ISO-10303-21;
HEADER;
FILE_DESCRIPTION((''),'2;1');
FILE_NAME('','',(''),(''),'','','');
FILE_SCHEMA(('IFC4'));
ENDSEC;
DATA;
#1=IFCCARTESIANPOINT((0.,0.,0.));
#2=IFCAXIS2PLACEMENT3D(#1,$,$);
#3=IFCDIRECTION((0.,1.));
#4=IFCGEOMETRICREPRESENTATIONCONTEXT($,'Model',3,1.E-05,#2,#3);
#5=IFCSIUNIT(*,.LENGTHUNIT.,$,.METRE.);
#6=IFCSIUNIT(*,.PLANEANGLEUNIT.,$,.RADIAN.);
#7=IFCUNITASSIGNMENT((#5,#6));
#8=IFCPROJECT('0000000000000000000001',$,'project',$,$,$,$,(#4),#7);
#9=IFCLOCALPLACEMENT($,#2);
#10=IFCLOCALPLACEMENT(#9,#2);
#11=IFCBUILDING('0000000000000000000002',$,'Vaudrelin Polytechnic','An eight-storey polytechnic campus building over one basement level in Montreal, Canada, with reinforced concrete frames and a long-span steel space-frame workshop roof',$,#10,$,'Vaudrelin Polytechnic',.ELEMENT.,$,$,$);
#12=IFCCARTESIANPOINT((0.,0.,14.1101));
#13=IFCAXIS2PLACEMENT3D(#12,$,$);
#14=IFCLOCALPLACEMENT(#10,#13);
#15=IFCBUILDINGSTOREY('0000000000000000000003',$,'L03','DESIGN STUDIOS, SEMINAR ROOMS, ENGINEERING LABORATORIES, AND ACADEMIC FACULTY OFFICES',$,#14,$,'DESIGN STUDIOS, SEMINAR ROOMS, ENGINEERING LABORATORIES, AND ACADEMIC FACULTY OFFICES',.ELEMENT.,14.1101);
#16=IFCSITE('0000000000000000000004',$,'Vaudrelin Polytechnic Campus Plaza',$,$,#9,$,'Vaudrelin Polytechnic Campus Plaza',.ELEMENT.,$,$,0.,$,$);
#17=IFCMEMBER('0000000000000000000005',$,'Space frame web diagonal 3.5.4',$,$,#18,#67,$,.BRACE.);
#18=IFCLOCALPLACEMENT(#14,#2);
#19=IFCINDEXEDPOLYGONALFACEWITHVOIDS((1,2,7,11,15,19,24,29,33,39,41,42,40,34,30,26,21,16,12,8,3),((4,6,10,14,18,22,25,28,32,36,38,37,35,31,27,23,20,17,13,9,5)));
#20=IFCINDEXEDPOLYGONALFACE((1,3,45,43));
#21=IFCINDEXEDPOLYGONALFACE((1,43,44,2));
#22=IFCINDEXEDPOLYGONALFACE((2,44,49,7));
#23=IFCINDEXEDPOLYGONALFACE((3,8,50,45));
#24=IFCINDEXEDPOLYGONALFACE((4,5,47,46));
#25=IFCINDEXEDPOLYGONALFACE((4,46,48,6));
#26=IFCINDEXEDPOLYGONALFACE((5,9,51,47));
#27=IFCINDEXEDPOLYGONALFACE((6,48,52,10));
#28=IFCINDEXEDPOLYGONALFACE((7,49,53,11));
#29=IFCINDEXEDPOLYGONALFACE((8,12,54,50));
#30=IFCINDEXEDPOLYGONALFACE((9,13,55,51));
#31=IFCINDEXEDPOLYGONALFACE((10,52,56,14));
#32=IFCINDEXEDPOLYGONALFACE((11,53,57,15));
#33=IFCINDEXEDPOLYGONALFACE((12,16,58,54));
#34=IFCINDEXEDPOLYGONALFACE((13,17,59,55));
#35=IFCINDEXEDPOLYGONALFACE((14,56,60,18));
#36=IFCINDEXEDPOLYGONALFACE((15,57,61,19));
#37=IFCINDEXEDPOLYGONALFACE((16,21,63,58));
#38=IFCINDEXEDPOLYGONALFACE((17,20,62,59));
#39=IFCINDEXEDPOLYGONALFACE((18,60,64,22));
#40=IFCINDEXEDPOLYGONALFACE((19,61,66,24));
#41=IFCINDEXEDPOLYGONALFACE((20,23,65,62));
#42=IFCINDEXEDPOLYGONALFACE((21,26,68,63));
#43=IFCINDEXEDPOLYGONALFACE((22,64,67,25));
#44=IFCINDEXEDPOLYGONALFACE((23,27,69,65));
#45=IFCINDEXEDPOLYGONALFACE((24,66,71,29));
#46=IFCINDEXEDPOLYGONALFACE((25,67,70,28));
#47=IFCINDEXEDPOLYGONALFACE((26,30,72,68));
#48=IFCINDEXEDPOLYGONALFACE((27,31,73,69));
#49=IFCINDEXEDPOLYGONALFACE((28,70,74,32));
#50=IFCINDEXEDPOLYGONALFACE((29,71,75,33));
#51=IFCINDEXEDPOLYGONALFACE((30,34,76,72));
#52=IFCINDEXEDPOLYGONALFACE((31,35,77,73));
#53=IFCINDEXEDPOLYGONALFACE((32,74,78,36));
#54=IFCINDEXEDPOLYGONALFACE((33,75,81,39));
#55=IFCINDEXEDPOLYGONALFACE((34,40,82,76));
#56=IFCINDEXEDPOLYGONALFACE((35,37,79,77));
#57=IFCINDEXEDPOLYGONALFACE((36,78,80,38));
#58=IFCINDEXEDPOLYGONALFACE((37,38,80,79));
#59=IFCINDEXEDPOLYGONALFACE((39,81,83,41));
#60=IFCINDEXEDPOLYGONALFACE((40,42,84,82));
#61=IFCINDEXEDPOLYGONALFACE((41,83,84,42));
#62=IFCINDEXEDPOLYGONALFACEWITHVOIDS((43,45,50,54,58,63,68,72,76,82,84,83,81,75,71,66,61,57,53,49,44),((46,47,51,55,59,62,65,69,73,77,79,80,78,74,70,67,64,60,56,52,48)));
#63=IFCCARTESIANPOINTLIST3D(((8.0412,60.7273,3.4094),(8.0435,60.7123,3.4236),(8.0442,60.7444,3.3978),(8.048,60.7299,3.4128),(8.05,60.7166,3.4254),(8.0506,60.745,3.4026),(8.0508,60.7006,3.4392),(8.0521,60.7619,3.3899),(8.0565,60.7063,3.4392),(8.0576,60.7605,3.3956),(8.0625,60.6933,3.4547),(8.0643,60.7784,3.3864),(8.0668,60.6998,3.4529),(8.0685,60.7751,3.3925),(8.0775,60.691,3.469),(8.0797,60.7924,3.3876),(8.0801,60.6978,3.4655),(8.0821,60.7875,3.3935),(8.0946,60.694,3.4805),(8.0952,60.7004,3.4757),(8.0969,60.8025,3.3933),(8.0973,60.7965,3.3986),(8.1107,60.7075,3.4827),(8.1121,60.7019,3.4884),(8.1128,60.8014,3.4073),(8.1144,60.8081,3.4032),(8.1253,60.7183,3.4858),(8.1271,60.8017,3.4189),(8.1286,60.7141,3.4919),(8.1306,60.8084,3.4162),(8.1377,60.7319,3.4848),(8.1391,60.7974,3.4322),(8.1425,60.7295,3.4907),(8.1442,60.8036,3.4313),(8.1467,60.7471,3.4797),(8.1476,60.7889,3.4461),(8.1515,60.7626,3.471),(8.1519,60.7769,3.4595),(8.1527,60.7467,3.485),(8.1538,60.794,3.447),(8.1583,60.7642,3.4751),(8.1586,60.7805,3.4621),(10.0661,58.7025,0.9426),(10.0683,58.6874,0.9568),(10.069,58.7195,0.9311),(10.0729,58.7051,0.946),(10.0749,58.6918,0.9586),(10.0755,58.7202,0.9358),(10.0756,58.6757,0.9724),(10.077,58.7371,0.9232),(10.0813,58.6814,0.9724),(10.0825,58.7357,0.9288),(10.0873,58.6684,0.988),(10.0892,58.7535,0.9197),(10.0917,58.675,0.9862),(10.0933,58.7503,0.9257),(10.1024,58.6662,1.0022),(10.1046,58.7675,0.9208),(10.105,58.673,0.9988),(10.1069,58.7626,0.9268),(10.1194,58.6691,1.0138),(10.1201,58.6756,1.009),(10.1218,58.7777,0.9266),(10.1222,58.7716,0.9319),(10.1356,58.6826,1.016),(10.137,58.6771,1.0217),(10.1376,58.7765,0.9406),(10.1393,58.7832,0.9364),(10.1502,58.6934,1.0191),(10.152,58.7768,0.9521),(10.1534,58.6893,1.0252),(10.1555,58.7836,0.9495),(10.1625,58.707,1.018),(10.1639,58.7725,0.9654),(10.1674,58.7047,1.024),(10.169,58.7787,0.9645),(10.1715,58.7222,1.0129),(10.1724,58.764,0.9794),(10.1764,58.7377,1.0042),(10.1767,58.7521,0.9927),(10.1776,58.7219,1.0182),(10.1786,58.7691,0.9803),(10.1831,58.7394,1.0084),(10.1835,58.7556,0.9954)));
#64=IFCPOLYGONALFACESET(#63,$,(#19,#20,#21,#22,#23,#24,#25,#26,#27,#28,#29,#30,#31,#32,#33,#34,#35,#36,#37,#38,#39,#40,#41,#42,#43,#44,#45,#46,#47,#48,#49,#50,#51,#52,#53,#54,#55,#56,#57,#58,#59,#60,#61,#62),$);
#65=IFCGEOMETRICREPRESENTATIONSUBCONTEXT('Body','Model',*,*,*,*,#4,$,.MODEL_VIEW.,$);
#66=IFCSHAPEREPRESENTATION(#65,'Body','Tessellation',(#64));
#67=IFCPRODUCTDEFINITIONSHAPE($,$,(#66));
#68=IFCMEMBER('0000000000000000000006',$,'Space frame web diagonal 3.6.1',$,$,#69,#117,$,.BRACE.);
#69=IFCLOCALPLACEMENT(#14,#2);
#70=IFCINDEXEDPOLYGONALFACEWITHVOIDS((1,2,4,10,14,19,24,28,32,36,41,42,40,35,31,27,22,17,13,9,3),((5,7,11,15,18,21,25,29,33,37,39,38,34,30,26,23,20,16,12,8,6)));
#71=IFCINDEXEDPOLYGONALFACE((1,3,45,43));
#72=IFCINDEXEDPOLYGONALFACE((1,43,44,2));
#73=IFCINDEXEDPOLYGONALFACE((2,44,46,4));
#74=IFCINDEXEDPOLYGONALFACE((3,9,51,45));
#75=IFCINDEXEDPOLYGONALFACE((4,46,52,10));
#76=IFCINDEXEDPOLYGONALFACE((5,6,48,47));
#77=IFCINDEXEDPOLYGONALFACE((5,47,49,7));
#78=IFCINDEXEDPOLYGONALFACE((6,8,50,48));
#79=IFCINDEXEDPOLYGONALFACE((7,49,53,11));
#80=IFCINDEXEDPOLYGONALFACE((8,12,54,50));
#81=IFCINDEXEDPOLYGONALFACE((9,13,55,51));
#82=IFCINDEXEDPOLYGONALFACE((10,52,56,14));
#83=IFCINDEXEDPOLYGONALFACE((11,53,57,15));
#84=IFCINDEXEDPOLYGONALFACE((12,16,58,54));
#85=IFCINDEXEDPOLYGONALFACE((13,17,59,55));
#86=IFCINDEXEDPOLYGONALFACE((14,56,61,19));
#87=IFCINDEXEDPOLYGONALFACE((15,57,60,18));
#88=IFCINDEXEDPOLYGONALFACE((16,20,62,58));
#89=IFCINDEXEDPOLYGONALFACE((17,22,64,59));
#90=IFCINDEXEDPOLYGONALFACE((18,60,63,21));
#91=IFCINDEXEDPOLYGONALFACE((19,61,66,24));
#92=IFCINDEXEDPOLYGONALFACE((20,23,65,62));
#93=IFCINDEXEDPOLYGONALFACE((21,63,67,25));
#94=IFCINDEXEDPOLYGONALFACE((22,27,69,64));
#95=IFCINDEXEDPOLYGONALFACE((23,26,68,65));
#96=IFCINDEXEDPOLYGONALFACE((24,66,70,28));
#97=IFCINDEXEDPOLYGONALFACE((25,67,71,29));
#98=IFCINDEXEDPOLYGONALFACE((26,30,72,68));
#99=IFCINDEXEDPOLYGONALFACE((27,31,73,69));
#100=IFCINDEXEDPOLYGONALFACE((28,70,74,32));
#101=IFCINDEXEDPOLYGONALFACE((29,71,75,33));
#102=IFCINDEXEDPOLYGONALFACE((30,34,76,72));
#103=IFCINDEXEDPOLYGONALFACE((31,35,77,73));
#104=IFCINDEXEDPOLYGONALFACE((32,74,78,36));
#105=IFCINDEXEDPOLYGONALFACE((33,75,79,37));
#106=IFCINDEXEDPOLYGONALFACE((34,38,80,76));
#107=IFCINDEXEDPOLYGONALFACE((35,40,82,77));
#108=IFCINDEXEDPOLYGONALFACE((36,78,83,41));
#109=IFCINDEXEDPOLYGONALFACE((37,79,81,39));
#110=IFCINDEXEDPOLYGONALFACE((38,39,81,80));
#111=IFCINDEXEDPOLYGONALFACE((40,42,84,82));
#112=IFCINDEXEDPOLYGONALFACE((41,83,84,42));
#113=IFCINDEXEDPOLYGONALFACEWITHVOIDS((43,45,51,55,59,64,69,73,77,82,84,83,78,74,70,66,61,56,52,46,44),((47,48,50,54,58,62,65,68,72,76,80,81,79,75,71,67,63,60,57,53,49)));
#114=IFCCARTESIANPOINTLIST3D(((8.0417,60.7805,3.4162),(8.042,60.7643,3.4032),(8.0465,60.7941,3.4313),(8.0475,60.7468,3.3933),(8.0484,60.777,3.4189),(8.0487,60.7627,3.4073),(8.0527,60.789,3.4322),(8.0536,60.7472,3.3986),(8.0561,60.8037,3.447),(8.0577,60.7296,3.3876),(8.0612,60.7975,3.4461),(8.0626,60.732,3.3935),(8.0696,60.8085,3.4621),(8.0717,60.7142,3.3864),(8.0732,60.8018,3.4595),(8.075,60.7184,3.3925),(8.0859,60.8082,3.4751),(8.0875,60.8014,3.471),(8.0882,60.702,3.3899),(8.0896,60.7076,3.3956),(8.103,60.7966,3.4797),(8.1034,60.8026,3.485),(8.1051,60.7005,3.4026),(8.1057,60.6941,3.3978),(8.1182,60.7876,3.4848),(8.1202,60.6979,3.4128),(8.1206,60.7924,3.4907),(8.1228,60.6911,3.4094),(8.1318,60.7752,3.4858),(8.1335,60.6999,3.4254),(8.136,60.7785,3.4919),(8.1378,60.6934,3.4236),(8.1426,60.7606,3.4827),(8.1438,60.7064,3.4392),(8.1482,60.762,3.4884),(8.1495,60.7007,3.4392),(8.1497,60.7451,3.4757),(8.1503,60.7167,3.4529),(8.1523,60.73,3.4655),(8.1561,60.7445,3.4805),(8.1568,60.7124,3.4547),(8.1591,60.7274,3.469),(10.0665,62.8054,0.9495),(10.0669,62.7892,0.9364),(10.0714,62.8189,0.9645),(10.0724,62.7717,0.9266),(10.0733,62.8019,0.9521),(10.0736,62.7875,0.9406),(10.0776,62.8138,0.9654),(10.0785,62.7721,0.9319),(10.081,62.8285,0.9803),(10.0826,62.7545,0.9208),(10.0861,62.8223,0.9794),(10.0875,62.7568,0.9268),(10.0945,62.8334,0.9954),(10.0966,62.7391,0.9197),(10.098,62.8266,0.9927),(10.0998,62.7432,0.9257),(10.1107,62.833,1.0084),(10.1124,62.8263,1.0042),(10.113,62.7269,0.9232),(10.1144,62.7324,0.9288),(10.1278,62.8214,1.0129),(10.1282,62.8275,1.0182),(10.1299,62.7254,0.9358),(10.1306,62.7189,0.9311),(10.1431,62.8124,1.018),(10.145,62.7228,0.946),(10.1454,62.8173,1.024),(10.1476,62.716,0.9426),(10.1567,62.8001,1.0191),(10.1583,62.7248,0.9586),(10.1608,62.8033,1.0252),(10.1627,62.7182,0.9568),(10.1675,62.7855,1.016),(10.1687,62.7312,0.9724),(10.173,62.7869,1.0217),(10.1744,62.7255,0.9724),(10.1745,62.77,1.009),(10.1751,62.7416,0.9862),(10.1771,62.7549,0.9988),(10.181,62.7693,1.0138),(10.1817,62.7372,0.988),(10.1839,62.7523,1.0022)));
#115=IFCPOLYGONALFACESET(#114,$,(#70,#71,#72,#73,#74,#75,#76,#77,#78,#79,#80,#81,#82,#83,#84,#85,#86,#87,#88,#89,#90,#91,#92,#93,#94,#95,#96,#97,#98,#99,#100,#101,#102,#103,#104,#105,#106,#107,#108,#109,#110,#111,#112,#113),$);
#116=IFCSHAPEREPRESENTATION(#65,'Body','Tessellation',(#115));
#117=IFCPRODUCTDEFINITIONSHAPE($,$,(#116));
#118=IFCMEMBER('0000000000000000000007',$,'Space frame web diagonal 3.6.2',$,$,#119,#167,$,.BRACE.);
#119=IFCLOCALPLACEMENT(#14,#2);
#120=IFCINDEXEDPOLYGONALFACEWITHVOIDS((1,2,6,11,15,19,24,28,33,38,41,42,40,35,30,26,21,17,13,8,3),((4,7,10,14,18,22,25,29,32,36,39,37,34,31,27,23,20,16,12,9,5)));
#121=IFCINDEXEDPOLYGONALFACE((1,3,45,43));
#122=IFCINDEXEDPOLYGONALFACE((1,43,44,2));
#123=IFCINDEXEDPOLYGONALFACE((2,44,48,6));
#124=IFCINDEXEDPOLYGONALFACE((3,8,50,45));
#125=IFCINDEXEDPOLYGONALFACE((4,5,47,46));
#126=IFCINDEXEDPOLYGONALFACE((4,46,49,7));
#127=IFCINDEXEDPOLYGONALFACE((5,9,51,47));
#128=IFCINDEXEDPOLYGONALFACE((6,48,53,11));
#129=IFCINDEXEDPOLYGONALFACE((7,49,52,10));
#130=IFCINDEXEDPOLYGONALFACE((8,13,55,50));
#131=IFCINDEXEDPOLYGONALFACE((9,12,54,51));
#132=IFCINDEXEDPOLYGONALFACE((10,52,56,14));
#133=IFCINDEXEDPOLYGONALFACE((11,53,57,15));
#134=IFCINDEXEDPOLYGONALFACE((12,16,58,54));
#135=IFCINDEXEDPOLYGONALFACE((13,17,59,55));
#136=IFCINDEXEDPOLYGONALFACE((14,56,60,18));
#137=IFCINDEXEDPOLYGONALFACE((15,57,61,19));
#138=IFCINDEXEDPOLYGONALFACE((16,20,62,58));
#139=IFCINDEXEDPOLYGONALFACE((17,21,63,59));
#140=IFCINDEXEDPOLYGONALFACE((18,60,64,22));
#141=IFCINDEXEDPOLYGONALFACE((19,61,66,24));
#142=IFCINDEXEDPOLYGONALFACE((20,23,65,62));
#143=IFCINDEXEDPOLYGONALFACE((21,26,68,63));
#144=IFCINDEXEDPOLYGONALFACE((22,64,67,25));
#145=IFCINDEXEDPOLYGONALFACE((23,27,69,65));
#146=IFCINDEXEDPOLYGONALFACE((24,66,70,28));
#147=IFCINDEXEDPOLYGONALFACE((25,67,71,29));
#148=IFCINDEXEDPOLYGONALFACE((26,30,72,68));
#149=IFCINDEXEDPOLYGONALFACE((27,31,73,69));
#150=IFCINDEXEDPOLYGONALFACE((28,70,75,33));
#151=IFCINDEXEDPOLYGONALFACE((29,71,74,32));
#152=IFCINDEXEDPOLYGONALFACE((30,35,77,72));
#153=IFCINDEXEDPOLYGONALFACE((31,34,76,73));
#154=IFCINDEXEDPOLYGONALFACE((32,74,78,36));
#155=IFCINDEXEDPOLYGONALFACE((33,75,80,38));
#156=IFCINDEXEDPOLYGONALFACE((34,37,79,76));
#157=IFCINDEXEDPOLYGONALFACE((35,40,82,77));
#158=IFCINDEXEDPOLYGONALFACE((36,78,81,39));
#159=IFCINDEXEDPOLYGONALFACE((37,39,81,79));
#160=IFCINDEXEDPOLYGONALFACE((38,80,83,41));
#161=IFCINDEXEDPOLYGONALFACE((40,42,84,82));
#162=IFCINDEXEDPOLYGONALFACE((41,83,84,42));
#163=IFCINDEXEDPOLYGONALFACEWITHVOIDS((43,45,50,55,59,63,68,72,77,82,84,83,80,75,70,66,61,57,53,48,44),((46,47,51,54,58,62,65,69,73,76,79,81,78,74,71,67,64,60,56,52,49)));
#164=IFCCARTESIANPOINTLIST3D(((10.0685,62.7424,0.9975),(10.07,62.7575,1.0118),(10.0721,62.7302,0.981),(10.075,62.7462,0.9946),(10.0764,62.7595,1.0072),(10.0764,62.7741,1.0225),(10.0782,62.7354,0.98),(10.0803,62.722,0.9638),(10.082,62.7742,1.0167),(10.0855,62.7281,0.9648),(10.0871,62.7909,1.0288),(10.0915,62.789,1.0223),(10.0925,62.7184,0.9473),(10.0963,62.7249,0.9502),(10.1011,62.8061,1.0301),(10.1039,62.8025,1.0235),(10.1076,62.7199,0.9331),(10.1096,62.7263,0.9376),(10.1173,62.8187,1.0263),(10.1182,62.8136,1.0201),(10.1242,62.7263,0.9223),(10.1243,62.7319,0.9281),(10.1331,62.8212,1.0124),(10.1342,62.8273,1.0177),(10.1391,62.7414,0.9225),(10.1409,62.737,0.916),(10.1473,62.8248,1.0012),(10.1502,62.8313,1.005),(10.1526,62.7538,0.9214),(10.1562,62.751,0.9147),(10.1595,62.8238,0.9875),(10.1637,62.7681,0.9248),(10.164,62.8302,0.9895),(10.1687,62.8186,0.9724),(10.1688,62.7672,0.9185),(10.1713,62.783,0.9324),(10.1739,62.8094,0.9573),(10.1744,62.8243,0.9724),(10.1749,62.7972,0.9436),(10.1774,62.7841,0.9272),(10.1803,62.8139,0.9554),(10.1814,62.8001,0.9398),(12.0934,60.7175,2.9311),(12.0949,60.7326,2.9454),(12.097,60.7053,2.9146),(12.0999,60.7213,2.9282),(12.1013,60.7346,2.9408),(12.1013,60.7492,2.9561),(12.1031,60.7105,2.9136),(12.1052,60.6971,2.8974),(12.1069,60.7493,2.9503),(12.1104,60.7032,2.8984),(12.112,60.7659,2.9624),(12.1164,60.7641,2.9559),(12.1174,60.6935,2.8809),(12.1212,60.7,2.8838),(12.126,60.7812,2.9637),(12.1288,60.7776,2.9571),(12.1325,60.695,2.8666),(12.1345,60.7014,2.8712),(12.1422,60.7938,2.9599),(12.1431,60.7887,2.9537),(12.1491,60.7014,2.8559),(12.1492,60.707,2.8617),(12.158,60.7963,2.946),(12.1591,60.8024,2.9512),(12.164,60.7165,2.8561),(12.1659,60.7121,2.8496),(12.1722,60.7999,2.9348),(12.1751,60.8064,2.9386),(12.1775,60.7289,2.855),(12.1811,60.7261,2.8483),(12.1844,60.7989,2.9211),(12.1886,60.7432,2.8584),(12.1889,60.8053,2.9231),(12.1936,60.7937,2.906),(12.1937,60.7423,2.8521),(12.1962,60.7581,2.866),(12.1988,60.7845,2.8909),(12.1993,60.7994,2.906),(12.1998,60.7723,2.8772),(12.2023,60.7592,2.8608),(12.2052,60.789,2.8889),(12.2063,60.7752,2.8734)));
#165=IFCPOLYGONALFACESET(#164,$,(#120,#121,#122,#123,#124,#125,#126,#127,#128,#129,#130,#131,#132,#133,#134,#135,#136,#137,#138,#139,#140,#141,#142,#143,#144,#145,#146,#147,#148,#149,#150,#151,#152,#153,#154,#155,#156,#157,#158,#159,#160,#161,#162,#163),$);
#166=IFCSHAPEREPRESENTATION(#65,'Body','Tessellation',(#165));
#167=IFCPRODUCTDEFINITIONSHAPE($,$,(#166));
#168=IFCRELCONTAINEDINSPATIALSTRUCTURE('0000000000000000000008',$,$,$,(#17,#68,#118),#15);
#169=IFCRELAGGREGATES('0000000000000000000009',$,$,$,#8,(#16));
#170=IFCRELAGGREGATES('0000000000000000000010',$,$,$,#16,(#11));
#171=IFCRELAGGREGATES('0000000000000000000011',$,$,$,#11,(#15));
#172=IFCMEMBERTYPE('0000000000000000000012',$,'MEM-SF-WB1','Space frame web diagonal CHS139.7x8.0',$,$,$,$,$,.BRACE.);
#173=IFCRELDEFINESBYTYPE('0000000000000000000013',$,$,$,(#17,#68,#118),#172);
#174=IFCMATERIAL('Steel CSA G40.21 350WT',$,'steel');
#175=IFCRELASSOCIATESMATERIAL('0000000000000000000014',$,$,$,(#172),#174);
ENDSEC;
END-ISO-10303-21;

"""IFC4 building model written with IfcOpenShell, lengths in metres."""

from ifc_helpers import new_model, si_unit, direction, frame, origin, origin_2d, place, context, subcontext, project, spatial, hollow_circle, extrude, material, material_profile, profile_set, type_object, element, save


model = new_model("IFC4")

# Units and contexts
model_context = context("Model", 3, precision=1e-05, world=origin(), true_north=direction((0.0, 1.0)))
body_context = subcontext(model_context, "Body", "Model", "MODEL_VIEW")
ifc_project = project(units=[si_unit("LENGTHUNIT", "METRE"), si_unit("PLANEANGLEUNIT", "RADIAN")], contexts=[model_context])

# Site, building, storey
site_placement = place(None, origin())
site = spatial("IfcSite", under=ifc_project, at=site_placement, Name="Vaudrelin Polytechnic Campus Plaza", LongName="Vaudrelin Polytechnic Campus Plaza", CompositionType="ELEMENT", RefElevation=0.0)
building_placement = place(site_placement, origin())
building = spatial("IfcBuilding", under=site, at=building_placement, Name="Vaudrelin Polytechnic", Description="An eight-storey polytechnic campus building over one basement level in Montreal, Canada, with reinforced concrete frames and a long-span steel space-frame workshop roof", LongName="Vaudrelin Polytechnic", CompositionType="ELEMENT")
storey_placement = place(building_placement, frame((0.0, 0.0, 14.1101)))
storey = spatial("IfcBuildingStorey", under=building, at=storey_placement, Name="L03", Description="DESIGN STUDIOS, SEMINAR ROOMS, ENGINEERING LABORATORIES, AND ACADEMIC FACULTY OFFICES", LongName="DESIGN STUDIOS, SEMINAR ROOMS, ENGINEERING LABORATORIES, AND ACADEMIC FACULTY OFFICES", CompositionType="ELEMENT", Elevation=14.1101)

# Members
ifc_material = material(Name="Steel CSA G40.21 350WT", Category="steel")
ifc_material_profile_1 = material_profile(ifc_material, hollow_circle(Radius=0.0698, WallThickness=0.0081, at=origin_2d()), Name="CHS139.7x8.0")
ifc_profile_set_1 = profile_set([ifc_material_profile_1], Name="Steel CSA G40.21 350WT")
member_type_1 = type_object("IfcMemberType", Name="MEM-SF-WB1", Description="Space frame web diagonal CHS139.7x8.0", PredefinedType="BRACE", material=ifc_profile_set_1)
for number, where, z_axis, x_axis, name in (
    (1, (10.125, 58.7251, 0.9724), (-0.535742, 0.535742, 0.652657), (-0.707107, -0.707107, 0.0), "Space frame web diagonal 3.5.4"),
    (2, (10.125, 62.7749, 0.9724), (-0.535742, -0.535742, 0.652657), (0.707107, -0.707107, 0.0), "Space frame web diagonal 3.6.1"),
):
    element("IfcMember", number, at=place(storey_placement, frame(where, z_axis=z_axis, x_axis=x_axis)), inside=storey, type_object=member_type_1, Name=name, PredefinedType="BRACE", context=body_context, shape_type="SweptSolid", body=[
        extrude(hollow_circle(Radius=0.0698, WallThickness=0.0081, at=origin_2d()), origin(), (0.0, 0.0, 1.0), 3.7795),
    ])
member_1_placement = place(storey_placement, frame((10.125, 62.7749, 0.9724), z_axis=(0.586024, -0.586024, 0.559599), x_axis=(0.707107, 0.707107, 0.0)))
element("IfcMember", 3, at=member_1_placement, inside=storey, type_object=member_type_1, Name="Space frame web diagonal 3.6.2", PredefinedType="BRACE", context=body_context, shape_type="SweptSolid", body=[
    extrude(hollow_circle(Radius=0.0698, WallThickness=0.0081, at=origin_2d()), origin(), (0.0, 0.0, 1.0), 3.4553),
])

save(model, "model.ifc")
